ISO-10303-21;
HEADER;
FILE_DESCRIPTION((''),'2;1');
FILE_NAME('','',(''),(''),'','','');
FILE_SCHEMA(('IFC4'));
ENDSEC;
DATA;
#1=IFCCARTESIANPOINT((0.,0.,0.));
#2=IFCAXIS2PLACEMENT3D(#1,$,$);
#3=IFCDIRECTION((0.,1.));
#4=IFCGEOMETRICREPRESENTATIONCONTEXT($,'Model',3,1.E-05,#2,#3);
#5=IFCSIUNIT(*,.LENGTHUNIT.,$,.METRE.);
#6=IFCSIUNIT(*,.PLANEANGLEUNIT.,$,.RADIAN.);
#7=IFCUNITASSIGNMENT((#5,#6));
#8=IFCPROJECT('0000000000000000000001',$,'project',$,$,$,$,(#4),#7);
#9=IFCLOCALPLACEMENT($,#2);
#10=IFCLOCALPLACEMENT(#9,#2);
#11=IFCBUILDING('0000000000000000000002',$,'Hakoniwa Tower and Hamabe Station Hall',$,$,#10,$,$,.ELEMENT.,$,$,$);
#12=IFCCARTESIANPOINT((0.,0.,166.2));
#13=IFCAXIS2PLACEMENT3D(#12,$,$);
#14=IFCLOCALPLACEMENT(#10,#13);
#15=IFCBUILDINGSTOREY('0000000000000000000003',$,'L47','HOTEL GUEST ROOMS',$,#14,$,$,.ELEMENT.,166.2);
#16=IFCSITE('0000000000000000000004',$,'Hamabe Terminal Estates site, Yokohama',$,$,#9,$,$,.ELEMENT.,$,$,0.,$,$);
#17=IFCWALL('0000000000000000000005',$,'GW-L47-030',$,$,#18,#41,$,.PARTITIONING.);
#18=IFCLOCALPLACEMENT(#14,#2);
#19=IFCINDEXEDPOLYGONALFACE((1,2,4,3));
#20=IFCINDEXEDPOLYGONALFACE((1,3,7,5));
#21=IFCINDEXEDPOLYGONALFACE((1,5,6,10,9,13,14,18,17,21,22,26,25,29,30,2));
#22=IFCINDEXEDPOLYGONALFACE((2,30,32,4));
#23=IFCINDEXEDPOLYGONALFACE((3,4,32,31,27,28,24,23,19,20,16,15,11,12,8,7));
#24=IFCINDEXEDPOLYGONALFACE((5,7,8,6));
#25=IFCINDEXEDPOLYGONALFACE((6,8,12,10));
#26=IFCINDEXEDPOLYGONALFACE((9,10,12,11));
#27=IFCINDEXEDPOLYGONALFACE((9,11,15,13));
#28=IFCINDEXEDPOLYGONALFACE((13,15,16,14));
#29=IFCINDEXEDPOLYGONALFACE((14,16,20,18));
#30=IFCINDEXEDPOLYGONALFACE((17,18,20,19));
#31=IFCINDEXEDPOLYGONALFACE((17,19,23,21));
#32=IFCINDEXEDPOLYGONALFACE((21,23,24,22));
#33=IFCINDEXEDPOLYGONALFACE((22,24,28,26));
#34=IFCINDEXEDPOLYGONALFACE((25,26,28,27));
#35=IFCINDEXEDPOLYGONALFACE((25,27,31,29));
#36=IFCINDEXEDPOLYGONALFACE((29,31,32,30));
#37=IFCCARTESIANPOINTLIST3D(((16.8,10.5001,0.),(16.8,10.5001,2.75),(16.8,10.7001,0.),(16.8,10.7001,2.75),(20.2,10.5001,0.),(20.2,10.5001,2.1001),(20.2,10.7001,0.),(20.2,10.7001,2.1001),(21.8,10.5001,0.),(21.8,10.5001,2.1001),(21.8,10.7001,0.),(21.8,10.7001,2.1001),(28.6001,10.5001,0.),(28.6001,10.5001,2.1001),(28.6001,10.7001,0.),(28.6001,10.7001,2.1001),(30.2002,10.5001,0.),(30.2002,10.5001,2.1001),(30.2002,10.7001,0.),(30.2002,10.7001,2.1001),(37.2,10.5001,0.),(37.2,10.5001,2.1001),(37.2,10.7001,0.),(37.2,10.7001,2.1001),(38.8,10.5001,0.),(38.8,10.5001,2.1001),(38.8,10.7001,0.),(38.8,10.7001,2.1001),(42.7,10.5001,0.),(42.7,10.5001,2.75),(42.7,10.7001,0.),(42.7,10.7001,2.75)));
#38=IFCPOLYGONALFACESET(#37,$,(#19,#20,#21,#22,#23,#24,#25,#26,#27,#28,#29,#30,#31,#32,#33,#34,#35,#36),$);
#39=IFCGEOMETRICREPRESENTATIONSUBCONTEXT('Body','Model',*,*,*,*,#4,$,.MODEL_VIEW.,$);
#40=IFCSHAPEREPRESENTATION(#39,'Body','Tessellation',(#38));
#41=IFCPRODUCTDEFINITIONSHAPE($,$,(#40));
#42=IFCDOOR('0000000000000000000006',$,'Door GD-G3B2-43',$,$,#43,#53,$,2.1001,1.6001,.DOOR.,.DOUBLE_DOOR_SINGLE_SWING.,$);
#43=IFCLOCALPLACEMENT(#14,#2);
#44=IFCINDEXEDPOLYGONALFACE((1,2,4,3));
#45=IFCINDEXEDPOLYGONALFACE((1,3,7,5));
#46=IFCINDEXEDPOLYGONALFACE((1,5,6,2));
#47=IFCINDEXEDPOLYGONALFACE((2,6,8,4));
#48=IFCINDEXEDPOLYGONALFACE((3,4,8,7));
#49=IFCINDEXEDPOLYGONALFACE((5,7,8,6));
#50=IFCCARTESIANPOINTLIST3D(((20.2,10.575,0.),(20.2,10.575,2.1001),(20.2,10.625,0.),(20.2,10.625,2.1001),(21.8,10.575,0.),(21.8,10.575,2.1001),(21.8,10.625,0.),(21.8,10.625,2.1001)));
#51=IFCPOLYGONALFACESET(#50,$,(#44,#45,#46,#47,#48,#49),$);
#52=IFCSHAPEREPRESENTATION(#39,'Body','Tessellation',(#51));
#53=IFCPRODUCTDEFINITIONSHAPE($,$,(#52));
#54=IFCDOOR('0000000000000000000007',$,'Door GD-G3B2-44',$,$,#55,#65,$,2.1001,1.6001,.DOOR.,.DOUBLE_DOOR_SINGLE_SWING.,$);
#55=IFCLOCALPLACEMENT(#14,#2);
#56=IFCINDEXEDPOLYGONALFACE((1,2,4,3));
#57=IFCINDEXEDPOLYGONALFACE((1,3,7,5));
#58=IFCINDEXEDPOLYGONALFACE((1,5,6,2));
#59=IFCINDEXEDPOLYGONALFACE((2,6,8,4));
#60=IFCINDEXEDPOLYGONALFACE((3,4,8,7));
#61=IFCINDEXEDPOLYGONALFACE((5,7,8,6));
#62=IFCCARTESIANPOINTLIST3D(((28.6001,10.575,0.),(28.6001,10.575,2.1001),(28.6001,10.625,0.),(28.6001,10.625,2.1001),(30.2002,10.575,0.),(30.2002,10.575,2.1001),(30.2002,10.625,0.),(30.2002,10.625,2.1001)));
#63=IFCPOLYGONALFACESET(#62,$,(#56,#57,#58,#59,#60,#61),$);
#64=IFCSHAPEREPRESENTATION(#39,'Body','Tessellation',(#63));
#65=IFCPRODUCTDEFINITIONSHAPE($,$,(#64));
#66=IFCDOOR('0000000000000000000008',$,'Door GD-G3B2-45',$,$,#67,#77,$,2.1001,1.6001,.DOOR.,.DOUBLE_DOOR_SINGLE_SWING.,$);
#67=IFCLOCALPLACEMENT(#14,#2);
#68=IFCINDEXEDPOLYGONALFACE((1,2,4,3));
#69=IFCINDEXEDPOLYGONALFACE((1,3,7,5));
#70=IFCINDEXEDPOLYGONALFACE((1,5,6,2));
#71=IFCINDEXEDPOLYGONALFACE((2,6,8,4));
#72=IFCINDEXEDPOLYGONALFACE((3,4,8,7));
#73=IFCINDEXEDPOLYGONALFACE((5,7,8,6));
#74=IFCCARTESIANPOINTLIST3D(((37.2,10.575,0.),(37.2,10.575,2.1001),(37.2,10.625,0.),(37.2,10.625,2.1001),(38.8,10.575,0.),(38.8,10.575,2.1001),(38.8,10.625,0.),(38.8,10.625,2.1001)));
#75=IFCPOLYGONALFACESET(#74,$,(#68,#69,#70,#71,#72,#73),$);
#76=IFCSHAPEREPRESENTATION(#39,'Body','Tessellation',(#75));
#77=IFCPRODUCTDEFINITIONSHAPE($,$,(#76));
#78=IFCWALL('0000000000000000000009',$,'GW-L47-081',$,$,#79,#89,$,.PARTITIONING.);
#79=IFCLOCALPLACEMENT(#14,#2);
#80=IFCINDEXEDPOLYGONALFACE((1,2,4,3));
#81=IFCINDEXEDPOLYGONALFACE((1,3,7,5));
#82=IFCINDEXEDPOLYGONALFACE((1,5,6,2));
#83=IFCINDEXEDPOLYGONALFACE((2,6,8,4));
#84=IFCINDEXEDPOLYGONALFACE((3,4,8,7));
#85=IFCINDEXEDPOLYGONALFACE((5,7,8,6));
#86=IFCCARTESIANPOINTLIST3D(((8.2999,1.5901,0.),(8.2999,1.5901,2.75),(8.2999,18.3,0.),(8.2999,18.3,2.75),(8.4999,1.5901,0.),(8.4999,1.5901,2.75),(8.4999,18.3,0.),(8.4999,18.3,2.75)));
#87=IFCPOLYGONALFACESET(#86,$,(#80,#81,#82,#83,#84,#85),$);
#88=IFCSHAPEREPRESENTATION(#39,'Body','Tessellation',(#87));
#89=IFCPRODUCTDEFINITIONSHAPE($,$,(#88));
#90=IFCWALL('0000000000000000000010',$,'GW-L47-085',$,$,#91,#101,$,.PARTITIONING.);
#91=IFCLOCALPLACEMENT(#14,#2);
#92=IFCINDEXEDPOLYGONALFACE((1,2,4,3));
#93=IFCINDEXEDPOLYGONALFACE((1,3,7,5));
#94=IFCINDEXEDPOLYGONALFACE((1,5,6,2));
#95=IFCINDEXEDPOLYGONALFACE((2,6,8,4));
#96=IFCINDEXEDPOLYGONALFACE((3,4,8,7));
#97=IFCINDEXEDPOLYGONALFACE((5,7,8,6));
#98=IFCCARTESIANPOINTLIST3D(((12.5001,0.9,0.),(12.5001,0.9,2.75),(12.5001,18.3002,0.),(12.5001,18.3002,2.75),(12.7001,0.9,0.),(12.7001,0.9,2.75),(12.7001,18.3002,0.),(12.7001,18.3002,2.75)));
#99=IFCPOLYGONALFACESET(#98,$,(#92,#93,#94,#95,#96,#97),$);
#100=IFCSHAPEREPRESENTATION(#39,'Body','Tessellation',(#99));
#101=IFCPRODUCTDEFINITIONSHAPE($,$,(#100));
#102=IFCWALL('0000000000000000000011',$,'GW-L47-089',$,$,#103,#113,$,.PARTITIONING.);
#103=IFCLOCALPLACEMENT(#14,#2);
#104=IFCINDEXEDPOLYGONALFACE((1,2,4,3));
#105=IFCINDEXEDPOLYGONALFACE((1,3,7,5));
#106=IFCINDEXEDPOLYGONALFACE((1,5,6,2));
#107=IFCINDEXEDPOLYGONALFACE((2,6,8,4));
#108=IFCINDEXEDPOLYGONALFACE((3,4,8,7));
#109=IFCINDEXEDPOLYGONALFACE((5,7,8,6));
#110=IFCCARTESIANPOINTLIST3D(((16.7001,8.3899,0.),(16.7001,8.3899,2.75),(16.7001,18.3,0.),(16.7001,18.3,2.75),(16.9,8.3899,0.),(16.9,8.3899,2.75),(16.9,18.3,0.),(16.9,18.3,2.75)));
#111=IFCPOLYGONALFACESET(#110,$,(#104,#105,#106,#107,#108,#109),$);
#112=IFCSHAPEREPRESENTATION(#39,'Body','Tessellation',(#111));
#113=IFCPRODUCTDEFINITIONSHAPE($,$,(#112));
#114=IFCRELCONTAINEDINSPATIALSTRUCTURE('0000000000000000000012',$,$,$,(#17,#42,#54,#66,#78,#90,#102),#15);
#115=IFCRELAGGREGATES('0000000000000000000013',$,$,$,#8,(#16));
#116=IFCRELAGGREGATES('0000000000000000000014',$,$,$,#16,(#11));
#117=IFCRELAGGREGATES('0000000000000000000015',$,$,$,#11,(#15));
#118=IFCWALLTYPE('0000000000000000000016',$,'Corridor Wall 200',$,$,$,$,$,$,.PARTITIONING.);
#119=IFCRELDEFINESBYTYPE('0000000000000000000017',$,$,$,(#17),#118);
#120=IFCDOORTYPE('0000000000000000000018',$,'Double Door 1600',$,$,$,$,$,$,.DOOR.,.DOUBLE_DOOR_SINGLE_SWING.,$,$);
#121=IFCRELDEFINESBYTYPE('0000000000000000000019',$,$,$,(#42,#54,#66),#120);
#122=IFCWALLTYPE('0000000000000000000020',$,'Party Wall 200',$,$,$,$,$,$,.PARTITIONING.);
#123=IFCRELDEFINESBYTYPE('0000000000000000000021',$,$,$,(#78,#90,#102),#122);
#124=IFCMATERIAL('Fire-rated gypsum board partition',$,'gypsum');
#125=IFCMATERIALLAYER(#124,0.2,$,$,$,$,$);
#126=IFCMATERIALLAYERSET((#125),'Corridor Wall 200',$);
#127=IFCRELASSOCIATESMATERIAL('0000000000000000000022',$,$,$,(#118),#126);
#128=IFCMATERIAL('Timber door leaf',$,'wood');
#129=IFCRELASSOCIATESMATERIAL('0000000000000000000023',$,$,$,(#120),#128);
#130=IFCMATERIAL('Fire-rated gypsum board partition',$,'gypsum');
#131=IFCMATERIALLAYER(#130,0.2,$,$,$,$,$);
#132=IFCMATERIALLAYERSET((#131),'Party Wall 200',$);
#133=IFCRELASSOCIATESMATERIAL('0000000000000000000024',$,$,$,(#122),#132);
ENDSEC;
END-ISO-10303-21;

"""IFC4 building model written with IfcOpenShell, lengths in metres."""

from ifc_helpers import new_model, si_unit, direction, frame, frame_2d, origin, place, context, subcontext, project, spatial, rectangle, extrude, material, layer, layer_set, type_object, element, fill, save


model = new_model("IFC4")

# Units and contexts
model_context = context("Model", 3, precision=1e-05, world=origin(), true_north=direction((0.0, 1.0)))
body_context = subcontext(model_context, "Body", "Model", "MODEL_VIEW")
ifc_project = project(units=[si_unit("LENGTHUNIT", "METRE"), si_unit("PLANEANGLEUNIT", "RADIAN")], contexts=[model_context])

# Site, building, storey
site_placement = place(None, origin())
site = spatial("IfcSite", under=ifc_project, at=site_placement, Name="Hamabe Terminal Estates site, Yokohama", CompositionType="ELEMENT", RefElevation=0.0)
building_placement = place(site_placement, origin())
building = spatial("IfcBuilding", under=site, at=building_placement, Name="Hakoniwa Tower and Hamabe Station Hall", CompositionType="ELEMENT")
storey_placement = place(building_placement, frame((0.0, 0.0, 166.2)))
storey = spatial("IfcBuildingStorey", under=building, at=storey_placement, Name="L47", Description="HOTEL GUEST ROOMS", CompositionType="ELEMENT", Elevation=166.2)

# Wall, openings, doors
ifc_material_1 = material(Name="Fire-rated gypsum board partition", Category="gypsum")
ifc_layer_1 = layer(ifc_material_1, 0.2)
ifc_layer_set_1 = layer_set([ifc_layer_1], Name="Corridor Wall 200")
wall_type_1 = type_object("IfcWallType", Name="Corridor Wall 200", PredefinedType="PARTITIONING", material=ifc_layer_set_1)
wall_1_placement = place(storey_placement, frame((16.8, 10.6001, 0.0), z_axis=(0.0, 0.0, 1.0), x_axis=(1.0, 0.0, 0.0)))
wall_1 = element("IfcWall", 1, at=wall_1_placement, inside=storey, type_object=wall_type_1, Name="GW-L47-030", PredefinedType="PARTITIONING", context=body_context, shape_type="SweptSolid", body=[
    extrude(rectangle(XDim=25.8999, YDim=0.2, at=frame_2d((12.95, 0.0))), origin(), (0.0, 0.0, 1.0), 2.75),
])
opening_1_placement = place(wall_1_placement, frame((3.3999, 0.0, 0.0)))
opening_1 = element("IfcOpeningElement", 2, at=opening_1_placement, cuts=wall_1, PredefinedType="OPENING", context=body_context, shape_type="SweptSolid", body=[
    extrude(rectangle(XDim=1.6001, YDim=2.1001, at=frame_2d((0.8, 1.05))), frame((0.0, 0.1099, 0.0), z_axis=(0.0, -1.0, 0.0), x_axis=(1.0, 0.0, 0.0)), (0.0, 0.0, 1.0), 0.22),
])
opening_2_placement = place(wall_1_placement, frame((11.8, 0.0, 0.0)))
opening_2 = element("IfcOpeningElement", 3, at=opening_2_placement, cuts=wall_1, PredefinedType="OPENING", context=body_context, shape_type="SweptSolid", body=[
    extrude(rectangle(XDim=1.6001, YDim=2.1001, at=frame_2d((0.8, 1.05))), frame((0.0, 0.1099, 0.0), z_axis=(0.0, -1.0, 0.0), x_axis=(1.0, 0.0, 0.0)), (0.0, 0.0, 1.0), 0.22),
])
opening_3_placement = place(wall_1_placement, frame((20.3999, 0.0, 0.0)))
opening_3 = element("IfcOpeningElement", 4, at=opening_3_placement, cuts=wall_1, PredefinedType="OPENING", context=body_context, shape_type="SweptSolid", body=[
    extrude(rectangle(XDim=1.6001, YDim=2.1001, at=frame_2d((0.8, 1.05))), frame((0.0, 0.1099, 0.0), z_axis=(0.0, -1.0, 0.0), x_axis=(1.0, 0.0, 0.0)), (0.0, 0.0, 1.0), 0.22),
])
ifc_material_2 = material(Name="Timber door leaf", Category="wood")
door_type_1 = type_object("IfcDoorType", Name="Double Door 1600", OperationType="DOUBLE_DOOR_SINGLE_SWING", PredefinedType="DOOR", material=ifc_material_2)
door_1_placement = place(opening_1_placement, origin())
door_1 = element("IfcDoor", 5, at=door_1_placement, inside=storey, type_object=door_type_1, Name="Door GD-G3B2-43", OperationType="DOUBLE_DOOR_SINGLE_SWING", OverallHeight=2.1001, OverallWidth=1.6001, PredefinedType="DOOR", context=body_context, shape_type="SweptSolid", body=[
    extrude(rectangle(XDim=1.6001, YDim=2.1001, at=frame_2d((0.8, 1.05))), frame((0.0, 0.0249, 0.0), z_axis=(0.0, -1.0, 0.0), x_axis=(1.0, 0.0, 0.0)), (0.0, 0.0, 1.0), 0.05),
])
fill(opening_1, door_1)
door_2_placement = place(opening_2_placement, origin())
door_2 = element("IfcDoor", 6, at=door_2_placement, inside=storey, type_object=door_type_1, Name="Door GD-G3B2-44", OperationType="DOUBLE_DOOR_SINGLE_SWING", OverallHeight=2.1001, OverallWidth=1.6001, PredefinedType="DOOR", context=body_context, shape_type="SweptSolid", body=[
    extrude(rectangle(XDim=1.6001, YDim=2.1001, at=frame_2d((0.8, 1.05))), frame((0.0, 0.0249, 0.0), z_axis=(0.0, -1.0, 0.0), x_axis=(1.0, 0.0, 0.0)), (0.0, 0.0, 1.0), 0.05),
])
fill(opening_2, door_2)
door_3_placement = place(opening_3_placement, origin())
door_3 = element("IfcDoor", 7, at=door_3_placement, inside=storey, type_object=door_type_1, Name="Door GD-G3B2-45", OperationType="DOUBLE_DOOR_SINGLE_SWING", OverallHeight=2.1001, OverallWidth=1.6001, PredefinedType="DOOR", context=body_context, shape_type="SweptSolid", body=[
    extrude(rectangle(XDim=1.6001, YDim=2.1001, at=frame_2d((0.8, 1.05))), frame((0.0, 0.0249, 0.0), z_axis=(0.0, -1.0, 0.0), x_axis=(1.0, 0.0, 0.0)), (0.0, 0.0, 1.0), 0.05),
])
fill(opening_3, door_3)

# Walls
ifc_material_3 = material(Name="Fire-rated gypsum board partition", Category="gypsum")
ifc_layer_2 = layer(ifc_material_3, 0.2)
ifc_layer_set_2 = layer_set([ifc_layer_2], Name="Party Wall 200")
wall_type_2 = type_object("IfcWallType", Name="Party Wall 200", PredefinedType="PARTITIONING", material=ifc_layer_set_2)
wall_2_placement = place(storey_placement, frame((8.3999, 1.5901, 0.0), z_axis=(0.0, 0.0, 1.0), x_axis=(0.0, 1.0, 0.0)))
element("IfcWall", 8, at=wall_2_placement, inside=storey, type_object=wall_type_2, Name="GW-L47-081", PredefinedType="PARTITIONING", context=body_context, shape_type="SweptSolid", body=[
    extrude(rectangle(XDim=16.71, YDim=0.2, at=frame_2d((8.355, 0.0))), origin(), (0.0, 0.0, 1.0), 2.75),
])
wall_3_placement = place(storey_placement, frame((12.6001, 0.8999, 0.0), z_axis=(0.0, 0.0, 1.0), x_axis=(0.0, 1.0, 0.0)))
element("IfcWall", 9, at=wall_3_placement, inside=storey, type_object=wall_type_2, Name="GW-L47-085", PredefinedType="PARTITIONING", context=body_context, shape_type="SweptSolid", body=[
    extrude(rectangle(XDim=17.4001, YDim=0.2, at=frame_2d((8.7002, 0.0))), origin(), (0.0, 0.0, 1.0), 2.75),
])
wall_4_placement = place(storey_placement, frame((16.8, 8.3899, 0.0), z_axis=(0.0, 0.0, 1.0), x_axis=(0.0, 1.0, 0.0)))
element("IfcWall", 10, at=wall_4_placement, inside=storey, type_object=wall_type_2, Name="GW-L47-089", PredefinedType="PARTITIONING", context=body_context, shape_type="SweptSolid", body=[
    extrude(rectangle(XDim=9.9102, YDim=0.2, at=frame_2d((4.9551, 0.0))), origin(), (0.0, 0.0, 1.0), 2.75),
])

save(model, "model.ifc")
